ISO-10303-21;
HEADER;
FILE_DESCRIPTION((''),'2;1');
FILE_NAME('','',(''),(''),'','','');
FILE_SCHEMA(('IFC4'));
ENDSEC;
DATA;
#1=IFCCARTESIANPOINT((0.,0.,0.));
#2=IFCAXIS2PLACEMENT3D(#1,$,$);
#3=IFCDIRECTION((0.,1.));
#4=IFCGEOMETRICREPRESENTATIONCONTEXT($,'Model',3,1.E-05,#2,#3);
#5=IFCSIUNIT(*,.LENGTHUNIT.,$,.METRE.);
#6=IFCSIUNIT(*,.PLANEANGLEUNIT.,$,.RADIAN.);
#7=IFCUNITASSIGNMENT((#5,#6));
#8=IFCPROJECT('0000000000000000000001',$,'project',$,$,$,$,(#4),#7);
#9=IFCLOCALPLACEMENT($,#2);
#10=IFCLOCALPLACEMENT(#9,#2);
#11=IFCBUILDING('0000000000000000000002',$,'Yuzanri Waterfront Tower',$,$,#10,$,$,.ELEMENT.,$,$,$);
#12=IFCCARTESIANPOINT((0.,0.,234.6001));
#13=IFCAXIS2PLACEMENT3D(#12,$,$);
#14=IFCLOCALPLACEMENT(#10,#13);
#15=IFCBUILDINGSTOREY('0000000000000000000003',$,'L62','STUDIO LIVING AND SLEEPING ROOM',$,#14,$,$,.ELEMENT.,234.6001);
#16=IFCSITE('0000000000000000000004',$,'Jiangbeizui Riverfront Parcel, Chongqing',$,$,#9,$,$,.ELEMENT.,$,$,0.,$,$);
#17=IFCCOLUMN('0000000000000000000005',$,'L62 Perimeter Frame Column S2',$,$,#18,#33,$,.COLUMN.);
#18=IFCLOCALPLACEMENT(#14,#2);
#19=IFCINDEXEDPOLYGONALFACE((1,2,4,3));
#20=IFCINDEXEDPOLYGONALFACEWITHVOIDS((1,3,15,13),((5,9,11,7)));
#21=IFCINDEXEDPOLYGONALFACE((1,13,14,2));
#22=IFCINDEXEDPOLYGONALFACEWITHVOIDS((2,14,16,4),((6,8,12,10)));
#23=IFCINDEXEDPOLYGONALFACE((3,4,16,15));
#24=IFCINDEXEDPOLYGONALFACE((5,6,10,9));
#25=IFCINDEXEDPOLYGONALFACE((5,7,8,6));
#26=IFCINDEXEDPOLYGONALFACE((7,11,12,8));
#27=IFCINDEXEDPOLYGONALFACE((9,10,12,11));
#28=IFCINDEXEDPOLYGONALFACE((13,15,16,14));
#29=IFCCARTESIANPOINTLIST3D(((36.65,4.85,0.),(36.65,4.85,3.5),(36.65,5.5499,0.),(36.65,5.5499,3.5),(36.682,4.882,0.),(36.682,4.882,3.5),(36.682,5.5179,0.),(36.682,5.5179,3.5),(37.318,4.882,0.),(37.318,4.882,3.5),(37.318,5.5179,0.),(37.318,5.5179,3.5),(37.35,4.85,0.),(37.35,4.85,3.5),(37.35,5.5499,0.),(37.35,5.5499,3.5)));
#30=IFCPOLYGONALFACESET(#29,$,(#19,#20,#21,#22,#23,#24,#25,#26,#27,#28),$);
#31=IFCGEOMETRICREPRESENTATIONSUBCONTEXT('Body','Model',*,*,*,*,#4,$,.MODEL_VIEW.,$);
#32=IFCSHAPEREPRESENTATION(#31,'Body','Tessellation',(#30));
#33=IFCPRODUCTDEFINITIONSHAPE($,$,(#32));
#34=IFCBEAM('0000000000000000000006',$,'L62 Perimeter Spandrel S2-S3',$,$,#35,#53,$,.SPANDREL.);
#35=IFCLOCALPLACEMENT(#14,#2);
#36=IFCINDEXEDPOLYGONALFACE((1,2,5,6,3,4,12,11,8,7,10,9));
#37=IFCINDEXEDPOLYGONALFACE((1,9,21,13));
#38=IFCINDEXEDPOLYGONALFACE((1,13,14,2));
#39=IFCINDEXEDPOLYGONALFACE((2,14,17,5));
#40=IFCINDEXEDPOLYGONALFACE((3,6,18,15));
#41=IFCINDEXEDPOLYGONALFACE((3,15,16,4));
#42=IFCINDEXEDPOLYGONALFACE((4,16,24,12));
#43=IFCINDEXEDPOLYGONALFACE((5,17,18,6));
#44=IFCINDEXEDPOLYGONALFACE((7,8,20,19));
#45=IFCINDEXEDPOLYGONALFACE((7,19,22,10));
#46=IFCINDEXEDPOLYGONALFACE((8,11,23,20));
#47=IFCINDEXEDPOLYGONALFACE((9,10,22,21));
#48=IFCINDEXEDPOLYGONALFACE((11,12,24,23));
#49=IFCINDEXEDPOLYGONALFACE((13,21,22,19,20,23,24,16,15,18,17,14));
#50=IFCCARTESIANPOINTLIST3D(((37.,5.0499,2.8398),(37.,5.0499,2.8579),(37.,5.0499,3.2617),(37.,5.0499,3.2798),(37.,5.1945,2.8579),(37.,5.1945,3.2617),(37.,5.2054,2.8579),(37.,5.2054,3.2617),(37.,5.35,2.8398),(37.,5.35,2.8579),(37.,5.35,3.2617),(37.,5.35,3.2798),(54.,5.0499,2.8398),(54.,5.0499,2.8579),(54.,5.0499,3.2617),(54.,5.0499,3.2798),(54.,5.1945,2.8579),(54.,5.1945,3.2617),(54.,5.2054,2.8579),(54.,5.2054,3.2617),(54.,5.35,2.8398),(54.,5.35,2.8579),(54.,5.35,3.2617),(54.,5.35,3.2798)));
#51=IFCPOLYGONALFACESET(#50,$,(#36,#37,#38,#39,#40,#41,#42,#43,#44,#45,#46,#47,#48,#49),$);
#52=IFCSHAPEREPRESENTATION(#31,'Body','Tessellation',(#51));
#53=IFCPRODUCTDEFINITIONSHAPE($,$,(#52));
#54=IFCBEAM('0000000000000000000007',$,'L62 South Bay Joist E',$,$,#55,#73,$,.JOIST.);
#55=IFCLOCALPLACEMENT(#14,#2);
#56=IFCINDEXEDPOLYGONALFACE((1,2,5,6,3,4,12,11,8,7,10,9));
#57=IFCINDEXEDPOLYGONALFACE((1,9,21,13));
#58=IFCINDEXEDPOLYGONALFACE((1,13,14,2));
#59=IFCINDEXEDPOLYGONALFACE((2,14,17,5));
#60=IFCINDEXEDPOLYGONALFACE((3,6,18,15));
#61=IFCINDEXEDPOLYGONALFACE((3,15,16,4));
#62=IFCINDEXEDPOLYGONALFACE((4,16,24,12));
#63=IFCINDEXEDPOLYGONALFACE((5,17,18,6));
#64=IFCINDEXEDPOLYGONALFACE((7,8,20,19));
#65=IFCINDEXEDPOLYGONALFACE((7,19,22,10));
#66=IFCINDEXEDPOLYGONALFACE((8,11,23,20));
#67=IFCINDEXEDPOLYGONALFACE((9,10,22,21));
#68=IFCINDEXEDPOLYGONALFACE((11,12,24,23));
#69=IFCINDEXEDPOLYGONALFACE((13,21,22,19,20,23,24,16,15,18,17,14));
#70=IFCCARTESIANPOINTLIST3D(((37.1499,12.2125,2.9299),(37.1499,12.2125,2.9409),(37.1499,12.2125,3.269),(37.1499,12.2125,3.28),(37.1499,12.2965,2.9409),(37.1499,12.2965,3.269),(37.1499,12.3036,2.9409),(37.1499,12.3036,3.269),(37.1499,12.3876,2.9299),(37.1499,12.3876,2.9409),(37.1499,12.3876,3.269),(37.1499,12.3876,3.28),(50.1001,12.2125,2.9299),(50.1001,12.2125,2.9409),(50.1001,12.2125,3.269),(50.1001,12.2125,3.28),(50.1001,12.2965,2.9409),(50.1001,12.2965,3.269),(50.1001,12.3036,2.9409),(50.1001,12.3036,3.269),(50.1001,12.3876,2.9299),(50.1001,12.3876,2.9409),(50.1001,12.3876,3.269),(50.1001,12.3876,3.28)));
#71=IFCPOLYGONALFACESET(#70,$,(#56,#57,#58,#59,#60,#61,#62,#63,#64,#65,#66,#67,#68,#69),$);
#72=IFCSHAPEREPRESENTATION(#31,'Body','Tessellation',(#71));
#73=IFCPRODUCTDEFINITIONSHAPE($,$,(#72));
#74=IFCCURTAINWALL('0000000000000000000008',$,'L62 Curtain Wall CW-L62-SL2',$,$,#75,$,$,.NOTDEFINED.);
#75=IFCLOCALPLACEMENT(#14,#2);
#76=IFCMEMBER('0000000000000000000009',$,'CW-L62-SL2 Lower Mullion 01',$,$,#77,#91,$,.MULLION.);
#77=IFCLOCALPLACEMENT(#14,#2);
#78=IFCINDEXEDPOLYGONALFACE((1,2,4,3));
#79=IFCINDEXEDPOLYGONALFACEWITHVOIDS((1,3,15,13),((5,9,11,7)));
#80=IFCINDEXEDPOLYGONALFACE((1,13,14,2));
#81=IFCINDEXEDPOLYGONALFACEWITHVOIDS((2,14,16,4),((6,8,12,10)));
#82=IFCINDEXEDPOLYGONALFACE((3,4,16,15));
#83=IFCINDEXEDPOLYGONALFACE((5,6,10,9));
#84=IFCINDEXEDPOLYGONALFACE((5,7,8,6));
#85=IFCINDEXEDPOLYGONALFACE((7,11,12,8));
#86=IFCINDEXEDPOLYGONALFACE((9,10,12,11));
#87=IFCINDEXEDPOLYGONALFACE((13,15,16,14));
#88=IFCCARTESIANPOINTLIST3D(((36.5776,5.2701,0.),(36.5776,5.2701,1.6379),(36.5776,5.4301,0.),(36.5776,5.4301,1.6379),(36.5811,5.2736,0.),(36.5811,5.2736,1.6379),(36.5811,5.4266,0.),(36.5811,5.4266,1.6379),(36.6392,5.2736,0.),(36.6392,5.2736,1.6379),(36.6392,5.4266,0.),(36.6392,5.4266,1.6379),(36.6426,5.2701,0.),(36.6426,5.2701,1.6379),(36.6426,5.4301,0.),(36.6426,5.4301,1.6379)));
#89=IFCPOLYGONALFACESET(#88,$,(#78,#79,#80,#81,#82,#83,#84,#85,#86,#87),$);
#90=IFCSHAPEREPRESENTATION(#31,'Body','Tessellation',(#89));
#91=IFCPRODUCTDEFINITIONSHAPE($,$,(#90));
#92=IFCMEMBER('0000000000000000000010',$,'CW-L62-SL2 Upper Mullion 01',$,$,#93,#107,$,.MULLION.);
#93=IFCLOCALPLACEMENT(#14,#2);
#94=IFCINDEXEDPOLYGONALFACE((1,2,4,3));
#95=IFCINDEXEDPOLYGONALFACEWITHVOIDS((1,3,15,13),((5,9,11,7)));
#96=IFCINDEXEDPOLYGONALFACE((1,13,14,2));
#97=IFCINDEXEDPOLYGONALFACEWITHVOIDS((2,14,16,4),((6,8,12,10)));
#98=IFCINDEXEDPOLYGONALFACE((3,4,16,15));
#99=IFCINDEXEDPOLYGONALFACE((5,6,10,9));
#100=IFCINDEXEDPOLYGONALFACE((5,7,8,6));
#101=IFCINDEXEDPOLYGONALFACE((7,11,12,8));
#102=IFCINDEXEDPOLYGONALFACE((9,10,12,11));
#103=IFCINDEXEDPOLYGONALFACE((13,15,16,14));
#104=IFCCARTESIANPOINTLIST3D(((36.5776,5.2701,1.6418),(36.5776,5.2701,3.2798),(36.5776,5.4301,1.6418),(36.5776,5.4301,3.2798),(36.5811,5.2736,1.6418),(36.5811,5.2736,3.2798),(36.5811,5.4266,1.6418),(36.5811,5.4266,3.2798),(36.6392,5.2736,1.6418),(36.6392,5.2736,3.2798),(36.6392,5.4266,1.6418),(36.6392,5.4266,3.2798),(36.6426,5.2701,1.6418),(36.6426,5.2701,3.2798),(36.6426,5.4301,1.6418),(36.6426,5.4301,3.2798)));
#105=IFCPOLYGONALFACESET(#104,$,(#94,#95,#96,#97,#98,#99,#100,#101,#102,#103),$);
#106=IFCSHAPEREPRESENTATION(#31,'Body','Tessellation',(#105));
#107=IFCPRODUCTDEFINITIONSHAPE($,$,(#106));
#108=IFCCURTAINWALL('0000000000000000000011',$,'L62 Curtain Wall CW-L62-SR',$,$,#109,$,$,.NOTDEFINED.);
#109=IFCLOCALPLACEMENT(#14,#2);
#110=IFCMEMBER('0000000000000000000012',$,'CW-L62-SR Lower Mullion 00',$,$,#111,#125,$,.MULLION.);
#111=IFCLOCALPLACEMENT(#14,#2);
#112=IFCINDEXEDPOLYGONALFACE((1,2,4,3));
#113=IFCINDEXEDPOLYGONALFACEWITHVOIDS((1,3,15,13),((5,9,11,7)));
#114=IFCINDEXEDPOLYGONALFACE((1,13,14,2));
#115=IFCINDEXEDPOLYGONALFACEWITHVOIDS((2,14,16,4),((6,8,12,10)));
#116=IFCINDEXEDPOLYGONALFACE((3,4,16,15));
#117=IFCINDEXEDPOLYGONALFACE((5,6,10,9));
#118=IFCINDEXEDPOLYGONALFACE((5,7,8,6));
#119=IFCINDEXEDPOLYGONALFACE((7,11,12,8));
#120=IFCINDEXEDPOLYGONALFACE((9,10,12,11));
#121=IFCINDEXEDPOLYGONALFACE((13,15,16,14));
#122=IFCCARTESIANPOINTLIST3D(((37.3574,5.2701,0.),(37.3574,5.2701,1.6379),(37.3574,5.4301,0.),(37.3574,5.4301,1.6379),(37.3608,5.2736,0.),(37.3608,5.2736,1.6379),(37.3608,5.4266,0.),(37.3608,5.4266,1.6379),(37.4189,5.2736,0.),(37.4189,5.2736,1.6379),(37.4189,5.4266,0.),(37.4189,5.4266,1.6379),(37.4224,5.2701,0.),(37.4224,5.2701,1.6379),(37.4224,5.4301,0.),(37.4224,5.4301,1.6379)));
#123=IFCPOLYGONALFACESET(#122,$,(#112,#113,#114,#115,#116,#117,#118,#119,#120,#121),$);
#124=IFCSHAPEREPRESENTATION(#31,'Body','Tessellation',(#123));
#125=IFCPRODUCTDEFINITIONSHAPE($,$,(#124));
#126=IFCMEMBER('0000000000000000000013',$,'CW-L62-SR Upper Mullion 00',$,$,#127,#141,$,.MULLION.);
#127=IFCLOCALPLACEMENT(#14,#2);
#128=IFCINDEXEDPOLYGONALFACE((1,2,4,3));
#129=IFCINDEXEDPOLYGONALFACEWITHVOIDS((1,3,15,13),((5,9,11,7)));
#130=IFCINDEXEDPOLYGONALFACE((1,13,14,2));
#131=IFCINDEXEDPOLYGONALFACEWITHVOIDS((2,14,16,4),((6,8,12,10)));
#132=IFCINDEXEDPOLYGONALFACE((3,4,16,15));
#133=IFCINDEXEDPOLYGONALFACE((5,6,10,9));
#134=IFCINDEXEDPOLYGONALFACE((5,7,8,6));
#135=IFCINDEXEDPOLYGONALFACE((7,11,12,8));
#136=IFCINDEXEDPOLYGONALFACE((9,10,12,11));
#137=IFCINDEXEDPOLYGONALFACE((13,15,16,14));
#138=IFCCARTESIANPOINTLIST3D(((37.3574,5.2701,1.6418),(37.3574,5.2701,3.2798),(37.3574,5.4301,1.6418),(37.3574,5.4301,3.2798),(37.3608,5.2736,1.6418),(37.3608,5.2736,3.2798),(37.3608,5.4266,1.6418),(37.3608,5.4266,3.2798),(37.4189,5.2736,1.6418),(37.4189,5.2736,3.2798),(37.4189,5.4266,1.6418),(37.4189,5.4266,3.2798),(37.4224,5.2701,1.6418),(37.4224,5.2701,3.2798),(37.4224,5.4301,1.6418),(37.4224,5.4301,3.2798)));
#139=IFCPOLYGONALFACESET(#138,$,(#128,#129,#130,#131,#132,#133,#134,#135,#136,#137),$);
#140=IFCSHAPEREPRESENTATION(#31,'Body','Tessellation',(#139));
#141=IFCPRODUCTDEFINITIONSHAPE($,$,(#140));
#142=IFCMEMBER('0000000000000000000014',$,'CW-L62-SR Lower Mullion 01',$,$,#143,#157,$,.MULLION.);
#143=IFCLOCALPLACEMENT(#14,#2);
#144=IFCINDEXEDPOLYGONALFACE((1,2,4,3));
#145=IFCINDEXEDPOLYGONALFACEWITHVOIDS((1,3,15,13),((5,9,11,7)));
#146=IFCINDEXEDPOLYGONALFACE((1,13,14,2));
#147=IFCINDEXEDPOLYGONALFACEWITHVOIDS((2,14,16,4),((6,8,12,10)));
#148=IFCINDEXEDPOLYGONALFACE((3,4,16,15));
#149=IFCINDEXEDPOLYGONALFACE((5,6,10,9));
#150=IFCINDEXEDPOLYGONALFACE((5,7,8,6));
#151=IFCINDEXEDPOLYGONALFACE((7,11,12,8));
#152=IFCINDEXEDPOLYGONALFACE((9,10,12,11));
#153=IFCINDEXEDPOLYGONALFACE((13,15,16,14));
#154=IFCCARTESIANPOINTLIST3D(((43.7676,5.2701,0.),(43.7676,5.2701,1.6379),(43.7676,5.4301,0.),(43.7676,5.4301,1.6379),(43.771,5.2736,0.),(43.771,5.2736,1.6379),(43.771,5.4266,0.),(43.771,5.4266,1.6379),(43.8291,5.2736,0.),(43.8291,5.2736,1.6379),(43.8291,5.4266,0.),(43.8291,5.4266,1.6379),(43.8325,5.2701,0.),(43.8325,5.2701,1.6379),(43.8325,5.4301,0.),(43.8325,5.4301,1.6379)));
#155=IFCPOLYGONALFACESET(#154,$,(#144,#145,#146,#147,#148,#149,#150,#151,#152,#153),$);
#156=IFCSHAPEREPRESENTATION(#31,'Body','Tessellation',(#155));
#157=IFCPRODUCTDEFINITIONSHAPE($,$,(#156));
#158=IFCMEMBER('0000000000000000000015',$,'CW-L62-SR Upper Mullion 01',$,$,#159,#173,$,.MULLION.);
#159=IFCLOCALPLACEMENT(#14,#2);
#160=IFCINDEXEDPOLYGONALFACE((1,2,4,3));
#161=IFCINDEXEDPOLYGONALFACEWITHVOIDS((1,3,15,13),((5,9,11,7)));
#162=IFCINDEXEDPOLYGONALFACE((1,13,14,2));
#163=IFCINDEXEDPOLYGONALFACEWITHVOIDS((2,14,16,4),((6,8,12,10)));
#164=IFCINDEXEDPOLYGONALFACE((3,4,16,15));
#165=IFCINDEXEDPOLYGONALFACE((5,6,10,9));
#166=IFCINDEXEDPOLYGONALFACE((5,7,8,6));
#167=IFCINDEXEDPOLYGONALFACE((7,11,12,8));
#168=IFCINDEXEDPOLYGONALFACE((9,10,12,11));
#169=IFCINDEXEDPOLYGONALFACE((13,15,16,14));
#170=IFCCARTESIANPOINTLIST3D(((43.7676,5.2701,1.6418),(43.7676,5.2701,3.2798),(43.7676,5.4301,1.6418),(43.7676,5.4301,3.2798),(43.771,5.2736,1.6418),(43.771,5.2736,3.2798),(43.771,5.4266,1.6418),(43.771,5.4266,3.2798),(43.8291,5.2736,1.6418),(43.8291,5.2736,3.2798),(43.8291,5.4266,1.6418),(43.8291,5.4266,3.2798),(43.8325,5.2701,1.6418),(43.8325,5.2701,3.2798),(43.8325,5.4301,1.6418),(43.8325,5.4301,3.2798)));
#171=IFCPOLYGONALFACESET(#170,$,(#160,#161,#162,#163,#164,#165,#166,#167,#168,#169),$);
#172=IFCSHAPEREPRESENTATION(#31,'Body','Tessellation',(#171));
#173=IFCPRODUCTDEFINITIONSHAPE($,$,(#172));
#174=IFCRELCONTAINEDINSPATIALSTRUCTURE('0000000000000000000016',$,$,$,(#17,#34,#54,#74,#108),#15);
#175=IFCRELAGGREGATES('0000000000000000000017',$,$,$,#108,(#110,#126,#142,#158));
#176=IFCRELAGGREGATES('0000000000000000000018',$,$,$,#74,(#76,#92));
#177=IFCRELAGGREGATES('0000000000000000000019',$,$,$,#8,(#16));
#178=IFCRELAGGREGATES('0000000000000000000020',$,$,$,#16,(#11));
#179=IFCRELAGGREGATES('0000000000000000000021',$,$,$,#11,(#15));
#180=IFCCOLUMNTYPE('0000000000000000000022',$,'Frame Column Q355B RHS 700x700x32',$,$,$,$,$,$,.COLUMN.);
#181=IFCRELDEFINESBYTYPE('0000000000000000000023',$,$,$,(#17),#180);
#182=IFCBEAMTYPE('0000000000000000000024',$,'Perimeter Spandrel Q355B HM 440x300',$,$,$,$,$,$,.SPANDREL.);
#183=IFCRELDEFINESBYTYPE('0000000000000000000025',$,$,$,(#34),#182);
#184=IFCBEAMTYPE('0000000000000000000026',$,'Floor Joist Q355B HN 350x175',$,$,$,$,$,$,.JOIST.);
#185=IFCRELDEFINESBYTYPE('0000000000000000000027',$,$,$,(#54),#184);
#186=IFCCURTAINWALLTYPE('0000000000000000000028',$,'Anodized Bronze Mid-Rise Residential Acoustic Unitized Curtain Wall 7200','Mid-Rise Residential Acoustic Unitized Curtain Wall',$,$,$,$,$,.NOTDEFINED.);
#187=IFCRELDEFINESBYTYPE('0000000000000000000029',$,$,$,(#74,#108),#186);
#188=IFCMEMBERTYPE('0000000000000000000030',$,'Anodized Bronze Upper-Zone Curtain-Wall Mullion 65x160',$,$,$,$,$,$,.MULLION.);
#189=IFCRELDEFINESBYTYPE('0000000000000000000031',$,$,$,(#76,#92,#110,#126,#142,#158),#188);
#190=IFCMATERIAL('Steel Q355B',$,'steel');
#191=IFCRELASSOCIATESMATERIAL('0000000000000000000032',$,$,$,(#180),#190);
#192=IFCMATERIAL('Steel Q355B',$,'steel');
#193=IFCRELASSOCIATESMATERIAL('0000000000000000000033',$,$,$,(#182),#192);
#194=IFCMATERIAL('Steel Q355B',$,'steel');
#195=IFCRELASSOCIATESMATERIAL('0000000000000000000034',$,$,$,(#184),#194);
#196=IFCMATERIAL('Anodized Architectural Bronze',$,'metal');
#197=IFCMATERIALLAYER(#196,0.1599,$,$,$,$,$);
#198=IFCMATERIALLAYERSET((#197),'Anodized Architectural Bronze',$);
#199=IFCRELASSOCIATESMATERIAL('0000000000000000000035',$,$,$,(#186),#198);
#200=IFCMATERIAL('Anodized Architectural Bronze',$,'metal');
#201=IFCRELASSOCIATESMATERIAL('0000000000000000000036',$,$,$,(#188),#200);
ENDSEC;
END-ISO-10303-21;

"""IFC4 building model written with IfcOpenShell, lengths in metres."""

from ifc_helpers import new_model, si_unit, direction, frame, origin, origin_2d, place, context, subcontext, project, spatial, hollow_rectangle, i_section, extrude, source, transform, mapped, material, layer, layer_set, material_profile, profile_set, type_object, element, aggregate, save


model = new_model("IFC4")

# Units and contexts
model_context = context("Model", 3, precision=1e-05, world=origin(), true_north=direction((0.0, 1.0)))
body_context = subcontext(model_context, "Body", "Model", "MODEL_VIEW")
ifc_project = project(units=[si_unit("LENGTHUNIT", "METRE"), si_unit("PLANEANGLEUNIT", "RADIAN")], contexts=[model_context])

# Site, building, storey
site_placement = place(None, origin())
site = spatial("IfcSite", under=ifc_project, at=site_placement, Name="Jiangbeizui Riverfront Parcel, Chongqing", CompositionType="ELEMENT", RefElevation=0.0)
building_placement = place(site_placement, origin())
building = spatial("IfcBuilding", under=site, at=building_placement, Name="Yuzanri Waterfront Tower", CompositionType="ELEMENT")
storey_placement = place(building_placement, frame((0.0, 0.0, 234.6001)))
storey = spatial("IfcBuildingStorey", under=building, at=storey_placement, Name="L62", Description="STUDIO LIVING AND SLEEPING ROOM", CompositionType="ELEMENT", Elevation=234.6001)

# Column
ifc_material_1 = material(Name="Steel Q355B", Category="steel")
ifc_material_profile_1 = material_profile(ifc_material_1, hollow_rectangle(XDim=0.7, YDim=0.7, WallThickness=0.032, at=origin_2d()), Name="RHS 700x700x32")
ifc_profile_set_1 = profile_set([ifc_material_profile_1], Name="Steel Q355B")
column_type = type_object("IfcColumnType", Name="Frame Column Q355B RHS 700x700x32", PredefinedType="COLUMN", material=ifc_profile_set_1)
shared_shape_1 = source(origin(), body_context, "Body", "SweptSolid", [
    extrude(hollow_rectangle(XDim=0.7, YDim=0.7, WallThickness=0.032, at=origin_2d()), origin(), (0.0, 0.0, 1.0), 3.5),
])
column_placement = place(storey_placement, frame((37.0, 5.2, 0.0), z_axis=(0.0, 0.0, 1.0), x_axis=(1.0, 0.0, 0.0)))
element("IfcColumn", 1, at=column_placement, inside=storey, type_object=column_type, Name="L62 Perimeter Frame Column S2", PredefinedType="COLUMN", context=body_context, shape_type="MappedRepresentation", body=[
    mapped(shared_shape_1, transform((0.0, 0.0, 0.0), scale=1.0)),
])

# Beams
ifc_material_2 = material(Name="Steel Q355B", Category="steel")
ifc_material_profile_2 = material_profile(ifc_material_2, i_section(OverallWidth=0.3, OverallDepth=0.4399, WebThickness=0.011, FlangeThickness=0.0181, at=origin_2d()), Name="HM 440x300x11x18")
ifc_profile_set_2 = profile_set([ifc_material_profile_2], Name="Steel Q355B")
beam_type_1 = type_object("IfcBeamType", Name="Perimeter Spandrel Q355B HM 440x300", PredefinedType="SPANDREL", material=ifc_profile_set_2)
shared_shape_2 = source(origin(), body_context, "Body", "SweptSolid", [
    extrude(i_section(OverallWidth=0.3, OverallDepth=0.4399, WebThickness=0.011, FlangeThickness=0.0181, at=origin_2d()), origin(), (0.0, 0.0, 1.0), 17.0),
])
beam_1_placement = place(storey_placement, frame((37.0, 5.2, 3.0598), z_axis=(1.0, 0.0, 0.0), x_axis=(0.0, 1.0, 0.0)))
element("IfcBeam", 2, at=beam_1_placement, inside=storey, type_object=beam_type_1, Name="L62 Perimeter Spandrel S2-S3", PredefinedType="SPANDREL", context=body_context, shape_type="MappedRepresentation", body=[
    mapped(shared_shape_2, transform((0.0, 0.0, 0.0), scale=1.0)),
])
ifc_material_3 = material(Name="Steel Q355B", Category="steel")
ifc_material_profile_3 = material_profile(ifc_material_3, i_section(OverallWidth=0.175, OverallDepth=0.3501, WebThickness=0.0071, FlangeThickness=0.011, at=origin_2d()), Name="HN 350x175x7x11")
ifc_profile_set_3 = profile_set([ifc_material_profile_3], Name="Steel Q355B")
beam_type_2 = type_object("IfcBeamType", Name="Floor Joist Q355B HN 350x175", PredefinedType="JOIST", material=ifc_profile_set_3)
shared_shape_3 = source(origin(), body_context, "Body", "SweptSolid", [
    extrude(i_section(OverallWidth=0.175, OverallDepth=0.3501, WebThickness=0.0071, FlangeThickness=0.011, at=origin_2d()), origin(), (0.0, 0.0, 1.0), 12.9502),
])
beam_2_placement = place(storey_placement, frame((37.1499, 12.3, 3.105), z_axis=(1.0, 0.0, 0.0), x_axis=(0.0, 1.0, 0.0)))
element("IfcBeam", 3, at=beam_2_placement, inside=storey, type_object=beam_type_2, Name="L62 South Bay Joist E", PredefinedType="JOIST", context=body_context, shape_type="MappedRepresentation", body=[
    mapped(shared_shape_3, transform((0.0, 0.0, 0.0), scale=1.0)),
])

# Curtain wall, members
ifc_material_4 = material(Name="Anodized Architectural Bronze", Category="metal")
ifc_layer_1 = layer(ifc_material_4, 0.1599)
ifc_layer_set_1 = layer_set([ifc_layer_1], Name="Anodized Architectural Bronze")
curtain_wall_type = type_object("IfcCurtainWallType", Name="Anodized Bronze Mid-Rise Residential Acoustic Unitized Curtain Wall 7200", Description="Mid-Rise Residential Acoustic Unitized Curtain Wall", PredefinedType="NOTDEFINED", material=ifc_layer_set_1)
curtain_wall_1_placement = place(storey_placement, origin())
curtain_wall_1 = element("IfcCurtainWall", 4, at=curtain_wall_1_placement, inside=storey, type_object=curtain_wall_type, Name="L62 Curtain Wall CW-L62-SL2", PredefinedType="NOTDEFINED")
ifc_material_5 = material(Name="Anodized Architectural Bronze", Category="metal")
ifc_material_profile_4 = material_profile(ifc_material_5, hollow_rectangle(XDim=0.0649, YDim=0.1599, WallThickness=0.0034, at=origin_2d()), Name="CWM 65x160")
ifc_profile_set_4 = profile_set([ifc_material_profile_4], Name="Anodized Architectural Bronze")
member_type_1 = type_object("IfcMemberType", Name="Anodized Bronze Upper-Zone Curtain-Wall Mullion 65x160", PredefinedType="MULLION", material=ifc_profile_set_4)
shared_shape_4 = source(origin(), body_context, "Body", "SweptSolid", [
    extrude(hollow_rectangle(XDim=0.0649, YDim=0.1599, WallThickness=0.0034, at=origin_2d()), origin(), (0.0, 0.0, 1.0), 1.6379),
])
member_1_placement = place(storey_placement, frame((36.6101, 5.3501, 0.0), z_axis=(0.0, 0.0, 1.0), x_axis=(1.0, 0.0, 0.0)))
member_1 = element("IfcMember", 5, at=member_1_placement, type_object=member_type_1, Name="CW-L62-SL2 Lower Mullion 01", PredefinedType="MULLION", context=body_context, shape_type="MappedRepresentation", body=[
    mapped(shared_shape_4, transform((0.0, 0.0, 0.0), scale=1.0)),
])
member_2_placement = place(storey_placement, frame((36.6101, 5.3501, 1.6418), z_axis=(0.0, 0.0, 1.0), x_axis=(1.0, 0.0, 0.0)))
member_2 = element("IfcMember", 6, at=member_2_placement, type_object=member_type_1, Name="CW-L62-SL2 Upper Mullion 01", PredefinedType="MULLION", context=body_context, shape_type="MappedRepresentation", body=[
    mapped(shared_shape_4, transform((0.0, 0.0, 0.0), scale=1.0)),
])

# Curtain wall, members
curtain_wall_2_placement = place(storey_placement, origin())
curtain_wall_2 = element("IfcCurtainWall", 7, at=curtain_wall_2_placement, inside=storey, type_object=curtain_wall_type, Name="L62 Curtain Wall CW-L62-SR", PredefinedType="NOTDEFINED")
member_3_placement = place(storey_placement, frame((37.3899, 5.3501, 0.0), z_axis=(0.0, 0.0, 1.0), x_axis=(1.0, 0.0, 0.0)))
member_3 = element("IfcMember", 8, at=member_3_placement, type_object=member_type_1, Name="CW-L62-SR Lower Mullion 00", PredefinedType="MULLION", context=body_context, shape_type="MappedRepresentation", body=[
    mapped(shared_shape_4, transform((0.0, 0.0, 0.0), scale=1.0)),
])
member_4_placement = place(storey_placement, frame((37.3899, 5.3501, 1.6418), z_axis=(0.0, 0.0, 1.0), x_axis=(1.0, 0.0, 0.0)))
member_4 = element("IfcMember", 9, at=member_4_placement, type_object=member_type_1, Name="CW-L62-SR Upper Mullion 00", PredefinedType="MULLION", context=body_context, shape_type="MappedRepresentation", body=[
    mapped(shared_shape_4, transform((0.0, 0.0, 0.0), scale=1.0)),
])
member_5_placement = place(storey_placement, frame((43.8, 5.3501, 0.0), z_axis=(0.0, 0.0, 1.0), x_axis=(1.0, 0.0, 0.0)))
member_5 = element("IfcMember", 10, at=member_5_placement, type_object=member_type_1, Name="CW-L62-SR Lower Mullion 01", PredefinedType="MULLION", context=body_context, shape_type="MappedRepresentation", body=[
    mapped(shared_shape_4, transform((0.0, 0.0, 0.0), scale=1.0)),
])
member_6_placement = place(storey_placement, frame((43.8, 5.3501, 1.6418), z_axis=(0.0, 0.0, 1.0), x_axis=(1.0, 0.0, 0.0)))
member_6 = element("IfcMember", 11, at=member_6_placement, type_object=member_type_1, Name="CW-L62-SR Upper Mullion 01", PredefinedType="MULLION", context=body_context, shape_type="MappedRepresentation", body=[
    mapped(shared_shape_4, transform((0.0, 0.0, 0.0), scale=1.0)),
])
aggregate(curtain_wall_2, [member_3, member_4, member_5, member_6])

aggregate(curtain_wall_1, [member_1, member_2])

save(model, "model.ifc")
